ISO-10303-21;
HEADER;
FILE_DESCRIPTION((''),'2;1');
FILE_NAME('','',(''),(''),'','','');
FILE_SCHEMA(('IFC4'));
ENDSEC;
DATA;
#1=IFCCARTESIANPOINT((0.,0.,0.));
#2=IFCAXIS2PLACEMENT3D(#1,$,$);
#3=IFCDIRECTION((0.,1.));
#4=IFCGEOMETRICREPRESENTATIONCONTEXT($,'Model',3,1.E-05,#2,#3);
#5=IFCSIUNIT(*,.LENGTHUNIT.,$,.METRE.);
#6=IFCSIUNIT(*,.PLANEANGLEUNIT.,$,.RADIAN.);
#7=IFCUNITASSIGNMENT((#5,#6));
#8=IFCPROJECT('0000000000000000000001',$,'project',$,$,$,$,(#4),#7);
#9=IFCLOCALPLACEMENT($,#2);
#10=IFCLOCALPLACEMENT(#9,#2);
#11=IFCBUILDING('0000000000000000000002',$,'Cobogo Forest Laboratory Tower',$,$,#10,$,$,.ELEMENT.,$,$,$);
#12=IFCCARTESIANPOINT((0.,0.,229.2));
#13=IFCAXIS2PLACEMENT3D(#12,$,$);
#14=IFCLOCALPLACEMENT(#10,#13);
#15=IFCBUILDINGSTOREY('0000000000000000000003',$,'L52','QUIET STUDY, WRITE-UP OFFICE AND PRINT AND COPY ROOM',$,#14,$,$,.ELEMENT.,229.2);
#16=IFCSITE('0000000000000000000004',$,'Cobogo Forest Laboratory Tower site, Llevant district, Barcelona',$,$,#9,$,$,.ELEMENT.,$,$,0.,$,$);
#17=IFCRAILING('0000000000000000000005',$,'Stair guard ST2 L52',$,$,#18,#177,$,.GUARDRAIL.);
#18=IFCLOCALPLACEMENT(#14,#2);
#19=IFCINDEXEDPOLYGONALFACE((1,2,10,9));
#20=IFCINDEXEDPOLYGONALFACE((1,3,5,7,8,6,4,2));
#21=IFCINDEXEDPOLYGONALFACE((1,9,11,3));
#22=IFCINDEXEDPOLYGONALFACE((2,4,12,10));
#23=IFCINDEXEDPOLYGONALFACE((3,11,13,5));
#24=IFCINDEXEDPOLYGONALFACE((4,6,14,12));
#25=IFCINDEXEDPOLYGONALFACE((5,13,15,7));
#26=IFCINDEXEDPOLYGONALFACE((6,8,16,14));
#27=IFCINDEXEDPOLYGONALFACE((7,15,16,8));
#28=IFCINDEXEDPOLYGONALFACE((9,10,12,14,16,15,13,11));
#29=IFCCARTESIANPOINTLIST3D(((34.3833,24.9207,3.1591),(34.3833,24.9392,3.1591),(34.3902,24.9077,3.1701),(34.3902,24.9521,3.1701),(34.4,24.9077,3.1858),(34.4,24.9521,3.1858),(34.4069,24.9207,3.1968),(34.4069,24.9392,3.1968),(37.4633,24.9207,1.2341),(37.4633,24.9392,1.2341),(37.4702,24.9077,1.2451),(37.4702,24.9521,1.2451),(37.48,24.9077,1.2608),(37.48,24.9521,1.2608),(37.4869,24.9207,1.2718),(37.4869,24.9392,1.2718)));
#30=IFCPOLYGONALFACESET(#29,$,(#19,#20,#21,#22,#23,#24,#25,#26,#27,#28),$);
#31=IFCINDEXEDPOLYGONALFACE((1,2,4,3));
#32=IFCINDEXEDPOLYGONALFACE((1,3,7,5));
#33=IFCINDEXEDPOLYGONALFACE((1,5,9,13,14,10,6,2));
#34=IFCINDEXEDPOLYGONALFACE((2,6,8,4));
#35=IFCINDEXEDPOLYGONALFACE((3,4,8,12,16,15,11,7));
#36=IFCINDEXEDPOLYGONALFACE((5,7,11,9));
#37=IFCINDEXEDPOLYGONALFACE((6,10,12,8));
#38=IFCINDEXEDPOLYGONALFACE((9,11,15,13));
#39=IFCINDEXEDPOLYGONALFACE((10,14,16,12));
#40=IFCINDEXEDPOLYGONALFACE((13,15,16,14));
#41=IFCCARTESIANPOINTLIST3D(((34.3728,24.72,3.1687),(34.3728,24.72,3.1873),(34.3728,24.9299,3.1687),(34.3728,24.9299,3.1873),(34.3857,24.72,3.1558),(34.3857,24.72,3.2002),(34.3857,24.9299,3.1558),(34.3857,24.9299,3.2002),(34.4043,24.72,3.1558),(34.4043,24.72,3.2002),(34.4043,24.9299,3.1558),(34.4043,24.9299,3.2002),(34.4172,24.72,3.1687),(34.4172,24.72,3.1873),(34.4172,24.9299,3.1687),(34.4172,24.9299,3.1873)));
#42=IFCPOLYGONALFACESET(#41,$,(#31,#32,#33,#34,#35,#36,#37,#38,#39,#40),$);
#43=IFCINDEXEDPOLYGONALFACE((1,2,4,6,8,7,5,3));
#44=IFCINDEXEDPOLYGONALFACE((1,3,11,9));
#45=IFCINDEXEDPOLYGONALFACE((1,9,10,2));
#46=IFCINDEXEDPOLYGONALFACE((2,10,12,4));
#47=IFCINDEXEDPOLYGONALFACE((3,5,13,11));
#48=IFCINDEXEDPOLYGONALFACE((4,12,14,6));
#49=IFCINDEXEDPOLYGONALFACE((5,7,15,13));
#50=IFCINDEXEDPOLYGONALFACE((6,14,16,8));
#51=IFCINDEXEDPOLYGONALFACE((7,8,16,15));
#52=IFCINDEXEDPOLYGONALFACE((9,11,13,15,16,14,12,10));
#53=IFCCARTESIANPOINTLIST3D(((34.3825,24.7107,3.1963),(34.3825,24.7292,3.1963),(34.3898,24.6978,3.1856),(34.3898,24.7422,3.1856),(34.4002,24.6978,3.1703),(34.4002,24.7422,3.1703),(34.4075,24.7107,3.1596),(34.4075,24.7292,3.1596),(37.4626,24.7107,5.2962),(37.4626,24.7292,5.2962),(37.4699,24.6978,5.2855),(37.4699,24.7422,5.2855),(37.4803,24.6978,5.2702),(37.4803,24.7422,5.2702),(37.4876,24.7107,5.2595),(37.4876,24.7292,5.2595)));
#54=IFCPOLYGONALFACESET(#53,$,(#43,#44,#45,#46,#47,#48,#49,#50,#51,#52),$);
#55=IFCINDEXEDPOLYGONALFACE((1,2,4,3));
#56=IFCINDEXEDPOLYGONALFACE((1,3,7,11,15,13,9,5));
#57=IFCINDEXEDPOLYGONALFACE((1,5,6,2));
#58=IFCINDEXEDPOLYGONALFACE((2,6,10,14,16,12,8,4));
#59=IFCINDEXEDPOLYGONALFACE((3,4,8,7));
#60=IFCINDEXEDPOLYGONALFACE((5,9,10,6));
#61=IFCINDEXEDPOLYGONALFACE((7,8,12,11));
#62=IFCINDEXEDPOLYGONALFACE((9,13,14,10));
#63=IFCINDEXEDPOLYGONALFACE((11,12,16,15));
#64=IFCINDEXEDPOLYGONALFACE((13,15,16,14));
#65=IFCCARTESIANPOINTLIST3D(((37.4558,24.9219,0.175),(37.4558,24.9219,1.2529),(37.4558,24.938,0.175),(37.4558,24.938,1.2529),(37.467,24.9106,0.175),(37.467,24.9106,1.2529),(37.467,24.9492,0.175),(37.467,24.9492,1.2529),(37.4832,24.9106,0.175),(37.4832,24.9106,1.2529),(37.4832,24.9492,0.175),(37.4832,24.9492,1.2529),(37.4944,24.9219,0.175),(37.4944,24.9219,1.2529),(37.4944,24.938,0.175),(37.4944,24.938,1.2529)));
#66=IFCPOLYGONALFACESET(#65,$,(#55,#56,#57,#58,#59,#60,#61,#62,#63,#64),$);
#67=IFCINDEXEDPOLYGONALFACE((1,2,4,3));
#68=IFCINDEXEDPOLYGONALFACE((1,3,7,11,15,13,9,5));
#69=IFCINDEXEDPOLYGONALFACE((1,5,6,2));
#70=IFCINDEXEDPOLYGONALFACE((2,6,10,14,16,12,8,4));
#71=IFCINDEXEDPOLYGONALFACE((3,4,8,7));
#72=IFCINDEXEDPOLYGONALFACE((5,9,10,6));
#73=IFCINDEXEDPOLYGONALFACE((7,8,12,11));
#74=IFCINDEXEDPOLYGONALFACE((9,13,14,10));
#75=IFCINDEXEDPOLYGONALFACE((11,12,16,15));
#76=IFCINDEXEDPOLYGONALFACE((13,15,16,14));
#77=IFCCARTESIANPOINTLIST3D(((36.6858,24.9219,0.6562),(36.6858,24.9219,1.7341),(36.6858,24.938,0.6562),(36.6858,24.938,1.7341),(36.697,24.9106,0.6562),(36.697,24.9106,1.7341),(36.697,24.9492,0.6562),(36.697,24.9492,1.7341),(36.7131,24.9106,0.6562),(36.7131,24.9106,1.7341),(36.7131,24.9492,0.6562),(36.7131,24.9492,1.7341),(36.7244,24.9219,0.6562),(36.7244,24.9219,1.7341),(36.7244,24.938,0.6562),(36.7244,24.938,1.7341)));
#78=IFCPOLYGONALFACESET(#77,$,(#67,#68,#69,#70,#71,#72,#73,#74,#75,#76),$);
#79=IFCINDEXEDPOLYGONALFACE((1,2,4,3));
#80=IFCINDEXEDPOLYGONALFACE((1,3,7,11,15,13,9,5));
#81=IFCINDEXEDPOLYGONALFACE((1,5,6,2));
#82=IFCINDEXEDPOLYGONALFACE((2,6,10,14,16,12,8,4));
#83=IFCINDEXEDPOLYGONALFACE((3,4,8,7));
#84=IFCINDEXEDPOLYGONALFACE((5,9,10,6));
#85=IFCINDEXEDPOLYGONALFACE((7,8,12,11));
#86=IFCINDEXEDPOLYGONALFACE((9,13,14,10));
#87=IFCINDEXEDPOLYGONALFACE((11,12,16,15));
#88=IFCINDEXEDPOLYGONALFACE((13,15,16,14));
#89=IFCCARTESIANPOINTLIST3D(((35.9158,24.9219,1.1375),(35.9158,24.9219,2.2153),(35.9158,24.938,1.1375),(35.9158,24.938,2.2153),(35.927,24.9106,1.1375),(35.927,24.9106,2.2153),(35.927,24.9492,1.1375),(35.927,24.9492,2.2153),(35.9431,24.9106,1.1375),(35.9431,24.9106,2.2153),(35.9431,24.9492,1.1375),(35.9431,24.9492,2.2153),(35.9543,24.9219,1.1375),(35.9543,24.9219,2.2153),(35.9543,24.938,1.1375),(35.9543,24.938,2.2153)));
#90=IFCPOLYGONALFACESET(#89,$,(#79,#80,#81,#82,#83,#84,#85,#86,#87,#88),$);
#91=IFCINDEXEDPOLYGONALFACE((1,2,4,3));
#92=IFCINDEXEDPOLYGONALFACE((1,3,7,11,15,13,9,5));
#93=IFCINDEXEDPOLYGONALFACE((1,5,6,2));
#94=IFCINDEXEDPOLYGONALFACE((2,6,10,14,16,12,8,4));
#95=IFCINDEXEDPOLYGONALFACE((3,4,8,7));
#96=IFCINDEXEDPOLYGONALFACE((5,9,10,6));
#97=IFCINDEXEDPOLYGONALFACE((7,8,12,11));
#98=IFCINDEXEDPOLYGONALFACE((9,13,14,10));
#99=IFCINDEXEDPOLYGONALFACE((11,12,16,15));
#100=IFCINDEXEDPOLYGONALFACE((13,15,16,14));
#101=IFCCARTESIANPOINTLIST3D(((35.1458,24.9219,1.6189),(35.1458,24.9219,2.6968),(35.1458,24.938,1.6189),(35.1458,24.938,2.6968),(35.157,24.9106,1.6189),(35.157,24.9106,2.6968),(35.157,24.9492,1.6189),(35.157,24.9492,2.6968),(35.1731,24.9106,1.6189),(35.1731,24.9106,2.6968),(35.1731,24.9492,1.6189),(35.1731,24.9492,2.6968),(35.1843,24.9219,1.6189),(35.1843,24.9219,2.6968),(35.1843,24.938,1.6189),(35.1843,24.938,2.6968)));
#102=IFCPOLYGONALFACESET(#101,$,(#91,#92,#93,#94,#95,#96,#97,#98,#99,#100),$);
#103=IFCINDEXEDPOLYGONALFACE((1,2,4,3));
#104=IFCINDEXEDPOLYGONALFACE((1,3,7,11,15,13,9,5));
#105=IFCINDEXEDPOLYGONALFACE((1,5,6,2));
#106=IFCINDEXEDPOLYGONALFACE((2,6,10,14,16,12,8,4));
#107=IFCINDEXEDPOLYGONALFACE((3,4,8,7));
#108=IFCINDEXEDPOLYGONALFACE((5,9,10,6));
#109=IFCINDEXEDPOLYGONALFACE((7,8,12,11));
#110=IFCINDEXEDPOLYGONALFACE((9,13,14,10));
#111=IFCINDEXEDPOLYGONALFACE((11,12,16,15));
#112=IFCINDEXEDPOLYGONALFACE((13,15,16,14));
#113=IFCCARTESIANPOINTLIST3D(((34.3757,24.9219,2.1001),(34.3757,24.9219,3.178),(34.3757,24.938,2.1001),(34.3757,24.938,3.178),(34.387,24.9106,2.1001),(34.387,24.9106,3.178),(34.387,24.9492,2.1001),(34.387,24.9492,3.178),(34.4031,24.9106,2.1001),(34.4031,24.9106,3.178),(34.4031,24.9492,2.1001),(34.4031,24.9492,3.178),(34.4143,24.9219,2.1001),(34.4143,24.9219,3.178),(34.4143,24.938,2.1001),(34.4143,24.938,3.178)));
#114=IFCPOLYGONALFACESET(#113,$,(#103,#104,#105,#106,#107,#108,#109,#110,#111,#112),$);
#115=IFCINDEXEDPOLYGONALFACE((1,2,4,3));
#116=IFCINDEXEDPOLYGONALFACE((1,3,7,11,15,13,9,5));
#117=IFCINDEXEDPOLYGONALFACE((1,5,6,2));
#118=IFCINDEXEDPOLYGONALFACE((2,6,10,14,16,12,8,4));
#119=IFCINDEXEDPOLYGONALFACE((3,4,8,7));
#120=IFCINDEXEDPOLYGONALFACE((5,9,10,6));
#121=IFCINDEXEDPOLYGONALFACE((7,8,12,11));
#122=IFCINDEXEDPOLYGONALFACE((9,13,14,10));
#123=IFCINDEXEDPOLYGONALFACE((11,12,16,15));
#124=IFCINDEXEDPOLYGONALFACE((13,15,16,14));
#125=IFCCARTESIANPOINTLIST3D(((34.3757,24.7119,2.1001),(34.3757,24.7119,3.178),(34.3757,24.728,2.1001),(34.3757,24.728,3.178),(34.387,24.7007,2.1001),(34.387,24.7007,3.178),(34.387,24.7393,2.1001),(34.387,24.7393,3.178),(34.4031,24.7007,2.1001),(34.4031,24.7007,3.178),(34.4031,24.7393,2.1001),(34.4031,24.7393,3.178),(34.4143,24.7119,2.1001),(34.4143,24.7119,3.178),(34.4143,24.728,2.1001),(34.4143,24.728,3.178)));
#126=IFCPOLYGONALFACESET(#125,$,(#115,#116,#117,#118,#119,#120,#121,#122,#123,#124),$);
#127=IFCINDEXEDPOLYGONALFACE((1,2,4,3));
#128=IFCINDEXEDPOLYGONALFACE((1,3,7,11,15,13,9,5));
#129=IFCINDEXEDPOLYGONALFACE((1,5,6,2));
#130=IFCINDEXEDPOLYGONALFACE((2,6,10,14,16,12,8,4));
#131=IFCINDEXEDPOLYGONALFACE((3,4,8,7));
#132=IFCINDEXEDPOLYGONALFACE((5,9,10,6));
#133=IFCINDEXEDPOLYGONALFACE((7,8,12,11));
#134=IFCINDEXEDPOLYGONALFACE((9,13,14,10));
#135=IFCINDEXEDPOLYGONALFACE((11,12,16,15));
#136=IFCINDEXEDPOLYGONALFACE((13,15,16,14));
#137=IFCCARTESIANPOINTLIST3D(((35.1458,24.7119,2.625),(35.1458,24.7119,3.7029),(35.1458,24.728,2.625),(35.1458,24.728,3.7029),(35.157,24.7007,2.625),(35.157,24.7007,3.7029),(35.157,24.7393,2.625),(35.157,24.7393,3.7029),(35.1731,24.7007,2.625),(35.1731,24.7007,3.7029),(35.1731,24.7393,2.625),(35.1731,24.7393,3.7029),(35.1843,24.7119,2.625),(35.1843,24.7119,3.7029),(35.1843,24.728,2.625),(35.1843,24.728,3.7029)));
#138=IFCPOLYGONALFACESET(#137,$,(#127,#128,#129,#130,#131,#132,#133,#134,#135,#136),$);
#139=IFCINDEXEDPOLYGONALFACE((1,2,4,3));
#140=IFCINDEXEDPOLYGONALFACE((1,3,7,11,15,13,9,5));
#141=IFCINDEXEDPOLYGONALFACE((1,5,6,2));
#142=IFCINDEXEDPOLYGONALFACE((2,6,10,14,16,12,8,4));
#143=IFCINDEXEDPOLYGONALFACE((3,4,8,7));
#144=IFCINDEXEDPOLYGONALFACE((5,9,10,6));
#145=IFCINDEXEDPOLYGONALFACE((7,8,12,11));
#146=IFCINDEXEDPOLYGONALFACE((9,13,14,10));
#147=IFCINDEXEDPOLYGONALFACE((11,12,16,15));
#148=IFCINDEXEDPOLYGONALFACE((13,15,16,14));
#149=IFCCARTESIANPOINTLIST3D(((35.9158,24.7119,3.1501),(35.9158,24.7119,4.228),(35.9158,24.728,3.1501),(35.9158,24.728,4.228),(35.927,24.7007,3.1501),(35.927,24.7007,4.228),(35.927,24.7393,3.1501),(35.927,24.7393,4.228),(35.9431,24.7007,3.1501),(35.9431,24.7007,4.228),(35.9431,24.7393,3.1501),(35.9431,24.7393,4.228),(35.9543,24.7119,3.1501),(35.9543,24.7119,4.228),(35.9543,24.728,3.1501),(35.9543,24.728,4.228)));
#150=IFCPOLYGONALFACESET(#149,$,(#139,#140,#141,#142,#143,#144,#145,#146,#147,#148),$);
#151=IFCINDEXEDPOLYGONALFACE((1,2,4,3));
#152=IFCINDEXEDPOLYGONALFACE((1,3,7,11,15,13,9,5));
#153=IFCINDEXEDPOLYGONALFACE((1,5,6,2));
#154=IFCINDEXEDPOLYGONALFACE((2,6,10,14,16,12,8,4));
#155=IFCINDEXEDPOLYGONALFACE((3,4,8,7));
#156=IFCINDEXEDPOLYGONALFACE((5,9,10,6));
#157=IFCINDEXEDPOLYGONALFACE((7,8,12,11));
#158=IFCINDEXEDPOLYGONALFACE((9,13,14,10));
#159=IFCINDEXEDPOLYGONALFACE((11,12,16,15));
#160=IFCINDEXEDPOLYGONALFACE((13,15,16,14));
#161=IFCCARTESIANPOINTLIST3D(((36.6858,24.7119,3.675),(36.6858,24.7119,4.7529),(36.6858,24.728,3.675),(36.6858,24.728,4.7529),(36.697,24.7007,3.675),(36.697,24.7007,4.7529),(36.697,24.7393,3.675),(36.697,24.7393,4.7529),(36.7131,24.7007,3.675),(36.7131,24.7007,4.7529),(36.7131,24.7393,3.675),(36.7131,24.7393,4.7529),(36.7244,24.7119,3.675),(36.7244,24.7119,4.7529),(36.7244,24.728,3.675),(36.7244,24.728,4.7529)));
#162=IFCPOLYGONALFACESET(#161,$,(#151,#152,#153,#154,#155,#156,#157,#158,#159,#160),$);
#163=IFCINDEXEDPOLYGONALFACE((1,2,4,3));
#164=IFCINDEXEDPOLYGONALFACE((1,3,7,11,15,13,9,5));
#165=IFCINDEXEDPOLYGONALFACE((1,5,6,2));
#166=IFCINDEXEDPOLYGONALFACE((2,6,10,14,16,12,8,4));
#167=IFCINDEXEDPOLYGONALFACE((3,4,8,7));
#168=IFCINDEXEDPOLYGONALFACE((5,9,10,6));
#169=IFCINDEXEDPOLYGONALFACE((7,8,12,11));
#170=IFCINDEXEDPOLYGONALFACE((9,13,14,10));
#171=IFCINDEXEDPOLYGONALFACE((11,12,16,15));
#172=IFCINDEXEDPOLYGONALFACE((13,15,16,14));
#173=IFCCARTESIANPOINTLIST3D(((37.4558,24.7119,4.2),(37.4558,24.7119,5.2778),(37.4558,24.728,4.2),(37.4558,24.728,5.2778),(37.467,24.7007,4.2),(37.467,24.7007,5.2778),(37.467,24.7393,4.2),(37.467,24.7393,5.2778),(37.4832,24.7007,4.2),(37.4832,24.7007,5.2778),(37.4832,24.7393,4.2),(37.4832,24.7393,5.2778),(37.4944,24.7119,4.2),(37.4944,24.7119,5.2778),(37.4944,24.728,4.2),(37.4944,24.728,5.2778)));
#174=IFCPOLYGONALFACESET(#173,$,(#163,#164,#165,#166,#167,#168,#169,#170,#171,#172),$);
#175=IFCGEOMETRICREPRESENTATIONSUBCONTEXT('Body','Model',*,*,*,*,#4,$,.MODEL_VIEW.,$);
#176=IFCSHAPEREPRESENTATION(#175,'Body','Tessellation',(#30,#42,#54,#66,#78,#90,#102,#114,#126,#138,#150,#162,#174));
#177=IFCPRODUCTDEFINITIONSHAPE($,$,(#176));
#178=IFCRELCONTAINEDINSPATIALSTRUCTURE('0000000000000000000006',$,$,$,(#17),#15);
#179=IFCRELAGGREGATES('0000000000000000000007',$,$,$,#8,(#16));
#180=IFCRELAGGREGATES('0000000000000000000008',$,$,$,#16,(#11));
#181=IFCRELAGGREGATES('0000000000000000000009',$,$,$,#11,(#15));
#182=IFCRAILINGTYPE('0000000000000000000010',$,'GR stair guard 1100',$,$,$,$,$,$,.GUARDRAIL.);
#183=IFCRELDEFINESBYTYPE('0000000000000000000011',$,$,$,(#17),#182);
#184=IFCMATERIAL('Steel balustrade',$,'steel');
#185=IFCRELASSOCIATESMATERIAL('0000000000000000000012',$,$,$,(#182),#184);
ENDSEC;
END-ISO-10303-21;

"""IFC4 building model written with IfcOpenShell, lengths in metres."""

from ifc_helpers import new_model, si_unit, direction, frame, origin, place, context, subcontext, project, spatial, polyline, outline, extrude, material, type_object, element, save


model = new_model("IFC4")

# Units and contexts
model_context = context("Model", 3, precision=1e-05, world=origin(), true_north=direction((0.0, 1.0)))
body_context = subcontext(model_context, "Body", "Model", "MODEL_VIEW")
ifc_project = project(units=[si_unit("LENGTHUNIT", "METRE"), si_unit("PLANEANGLEUNIT", "RADIAN")], contexts=[model_context])

# Site, building, storey
site_placement = place(None, origin())
site = spatial("IfcSite", under=ifc_project, at=site_placement, Name="Cobogo Forest Laboratory Tower site, Llevant district, Barcelona", CompositionType="ELEMENT", RefElevation=0.0)
building_placement = place(site_placement, origin())
building = spatial("IfcBuilding", under=site, at=building_placement, Name="Cobogo Forest Laboratory Tower", CompositionType="ELEMENT")
storey_placement = place(building_placement, frame((0.0, 0.0, 229.2)))
storey = spatial("IfcBuildingStorey", under=building, at=storey_placement, Name="L52", Description="QUIET STUDY, WRITE-UP OFFICE AND PRINT AND COPY ROOM", CompositionType="ELEMENT", Elevation=229.2)

# Railing
ifc_material_1 = material(Name="Steel balustrade", Category="steel")
railing_type_1 = type_object("IfcRailingType", Name="GR stair guard 1100", PredefinedType="GUARDRAIL", material=ifc_material_1)
railing_1_placement = place(storey_placement, frame((37.4751, 24.9299, 0.175)))
element("IfcRailing", 1, at=railing_1_placement, inside=storey, type_object=railing_type_1, Name="Stair guard ST2 L52", PredefinedType="GUARDRAIL", context=body_context, shape_type="SweptSolid", body=[
    extrude(outline(polyline([(0.0222, 0.0093), (0.0093, 0.0222), (-0.0093, 0.0222), (-0.0222, 0.0093), (-0.0222, -0.0093), (-0.0093, -0.0222), (0.0093, -0.0222), (0.0222, -0.0093), (0.0222, 0.0093)])), frame((0.0, 0.0, 1.0779), z_axis=(-0.847998, 0.0, 0.529999), x_axis=(0.0, -1.0, 0.0)), (0.0, 0.0, 1.0), 3.6321),
    extrude(outline(polyline([(0.0222, 0.0093), (0.0093, 0.0222), (-0.0093, 0.0222), (-0.0222, 0.0093), (-0.0222, -0.0093), (-0.0093, -0.0222), (0.0093, -0.0222), (0.0222, -0.0093), (0.0222, 0.0093)])), frame((-3.0801, 0.0, 3.0029), z_axis=(0.0, -1.0, 0.0), x_axis=(1.0, 0.0, 0.0)), (0.0, 0.0, 1.0), 0.21),
    extrude(outline(polyline([(0.0222, 0.0093), (0.0093, 0.0222), (-0.0093, 0.0222), (-0.0222, 0.0093), (-0.0222, -0.0093), (-0.0093, -0.0222), (0.0093, -0.0222), (0.0222, -0.0093), (0.0222, 0.0093)])), frame((-3.0801, -0.21, 3.0029), z_axis=(0.826252, 0.0, 0.5633), x_axis=(0.0, 1.0, 0.0)), (0.0, 0.0, 1.0), 3.7278),
    extrude(outline(polyline([(0.0193, 0.0081), (0.0081, 0.0193), (-0.0081, 0.0193), (-0.0193, 0.0081), (-0.0193, -0.0081), (-0.0081, -0.0193), (0.0081, -0.0193), (0.0193, -0.0081), (0.0193, 0.0081)])), origin(), (0.0, 0.0, 1.0), 1.0779),
    extrude(outline(polyline([(0.0193, 0.0081), (0.0081, 0.0193), (-0.0081, 0.0193), (-0.0193, 0.0081), (-0.0193, -0.0081), (-0.0081, -0.0193), (0.0081, -0.0193), (0.0193, -0.0081), (0.0193, 0.0081)])), frame((-0.77, 0.0, 0.4812)), (0.0, 0.0, 1.0), 1.0779),
    extrude(outline(polyline([(0.0193, 0.0081), (0.0081, 0.0193), (-0.0081, 0.0193), (-0.0193, 0.0081), (-0.0193, -0.0081), (-0.0081, -0.0193), (0.0081, -0.0193), (0.0193, -0.0081), (0.0193, 0.0081)])), frame((-1.54, 0.0, 0.9624)), (0.0, 0.0, 1.0), 1.0779),
    extrude(outline(polyline([(0.0193, 0.0081), (0.0081, 0.0193), (-0.0081, 0.0193), (-0.0193, 0.0081), (-0.0193, -0.0081), (-0.0081, -0.0193), (0.0081, -0.0193), (0.0193, -0.0081), (0.0193, 0.0081)])), frame((-2.3101, 0.0, 1.4438)), (0.0, 0.0, 1.0), 1.0779),
    extrude(outline(polyline([(0.0193, 0.0081), (0.0081, 0.0193), (-0.0081, 0.0193), (-0.0193, 0.0081), (-0.0193, -0.0081), (-0.0081, -0.0193), (0.0081, -0.0193), (0.0193, -0.0081), (0.0193, 0.0081)])), frame((-3.0801, 0.0, 1.925)), (0.0, 0.0, 1.0), 1.0779),
    extrude(outline(polyline([(0.0193, 0.0081), (0.0081, 0.0193), (-0.0081, 0.0193), (-0.0193, 0.0081), (-0.0193, -0.0081), (-0.0081, -0.0193), (0.0081, -0.0193), (0.0193, -0.0081), (0.0193, 0.0081)])), frame((-3.0801, -0.21, 1.925)), (0.0, 0.0, 1.0), 1.0779),
    extrude(outline(polyline([(0.0193, 0.0081), (0.0081, 0.0193), (-0.0081, 0.0193), (-0.0193, 0.0081), (-0.0193, -0.0081), (-0.0081, -0.0193), (0.0081, -0.0193), (0.0193, -0.0081), (0.0193, 0.0081)])), frame((-2.3101, -0.21, 2.45)), (0.0, 0.0, 1.0), 1.0779),
    extrude(outline(polyline([(0.0193, 0.0081), (0.0081, 0.0193), (-0.0081, 0.0193), (-0.0193, 0.0081), (-0.0193, -0.0081), (-0.0081, -0.0193), (0.0081, -0.0193), (0.0193, -0.0081), (0.0193, 0.0081)])), frame((-1.54, -0.21, 2.9751)), (0.0, 0.0, 1.0), 1.0779),
    extrude(outline(polyline([(0.0193, 0.0081), (0.0081, 0.0193), (-0.0081, 0.0193), (-0.0193, 0.0081), (-0.0193, -0.0081), (-0.0081, -0.0193), (0.0081, -0.0193), (0.0193, -0.0081), (0.0193, 0.0081)])), frame((-0.77, -0.21, 3.5)), (0.0, 0.0, 1.0), 1.0779),
    extrude(outline(polyline([(0.0193, 0.0081), (0.0081, 0.0193), (-0.0081, 0.0193), (-0.0193, 0.0081), (-0.0193, -0.0081), (-0.0081, -0.0193), (0.0081, -0.0193), (0.0193, -0.0081), (0.0193, 0.0081)])), frame((0.0, -0.21, 4.0249)), (0.0, 0.0, 1.0), 1.0779),
])

save(model, "model.ifc")
